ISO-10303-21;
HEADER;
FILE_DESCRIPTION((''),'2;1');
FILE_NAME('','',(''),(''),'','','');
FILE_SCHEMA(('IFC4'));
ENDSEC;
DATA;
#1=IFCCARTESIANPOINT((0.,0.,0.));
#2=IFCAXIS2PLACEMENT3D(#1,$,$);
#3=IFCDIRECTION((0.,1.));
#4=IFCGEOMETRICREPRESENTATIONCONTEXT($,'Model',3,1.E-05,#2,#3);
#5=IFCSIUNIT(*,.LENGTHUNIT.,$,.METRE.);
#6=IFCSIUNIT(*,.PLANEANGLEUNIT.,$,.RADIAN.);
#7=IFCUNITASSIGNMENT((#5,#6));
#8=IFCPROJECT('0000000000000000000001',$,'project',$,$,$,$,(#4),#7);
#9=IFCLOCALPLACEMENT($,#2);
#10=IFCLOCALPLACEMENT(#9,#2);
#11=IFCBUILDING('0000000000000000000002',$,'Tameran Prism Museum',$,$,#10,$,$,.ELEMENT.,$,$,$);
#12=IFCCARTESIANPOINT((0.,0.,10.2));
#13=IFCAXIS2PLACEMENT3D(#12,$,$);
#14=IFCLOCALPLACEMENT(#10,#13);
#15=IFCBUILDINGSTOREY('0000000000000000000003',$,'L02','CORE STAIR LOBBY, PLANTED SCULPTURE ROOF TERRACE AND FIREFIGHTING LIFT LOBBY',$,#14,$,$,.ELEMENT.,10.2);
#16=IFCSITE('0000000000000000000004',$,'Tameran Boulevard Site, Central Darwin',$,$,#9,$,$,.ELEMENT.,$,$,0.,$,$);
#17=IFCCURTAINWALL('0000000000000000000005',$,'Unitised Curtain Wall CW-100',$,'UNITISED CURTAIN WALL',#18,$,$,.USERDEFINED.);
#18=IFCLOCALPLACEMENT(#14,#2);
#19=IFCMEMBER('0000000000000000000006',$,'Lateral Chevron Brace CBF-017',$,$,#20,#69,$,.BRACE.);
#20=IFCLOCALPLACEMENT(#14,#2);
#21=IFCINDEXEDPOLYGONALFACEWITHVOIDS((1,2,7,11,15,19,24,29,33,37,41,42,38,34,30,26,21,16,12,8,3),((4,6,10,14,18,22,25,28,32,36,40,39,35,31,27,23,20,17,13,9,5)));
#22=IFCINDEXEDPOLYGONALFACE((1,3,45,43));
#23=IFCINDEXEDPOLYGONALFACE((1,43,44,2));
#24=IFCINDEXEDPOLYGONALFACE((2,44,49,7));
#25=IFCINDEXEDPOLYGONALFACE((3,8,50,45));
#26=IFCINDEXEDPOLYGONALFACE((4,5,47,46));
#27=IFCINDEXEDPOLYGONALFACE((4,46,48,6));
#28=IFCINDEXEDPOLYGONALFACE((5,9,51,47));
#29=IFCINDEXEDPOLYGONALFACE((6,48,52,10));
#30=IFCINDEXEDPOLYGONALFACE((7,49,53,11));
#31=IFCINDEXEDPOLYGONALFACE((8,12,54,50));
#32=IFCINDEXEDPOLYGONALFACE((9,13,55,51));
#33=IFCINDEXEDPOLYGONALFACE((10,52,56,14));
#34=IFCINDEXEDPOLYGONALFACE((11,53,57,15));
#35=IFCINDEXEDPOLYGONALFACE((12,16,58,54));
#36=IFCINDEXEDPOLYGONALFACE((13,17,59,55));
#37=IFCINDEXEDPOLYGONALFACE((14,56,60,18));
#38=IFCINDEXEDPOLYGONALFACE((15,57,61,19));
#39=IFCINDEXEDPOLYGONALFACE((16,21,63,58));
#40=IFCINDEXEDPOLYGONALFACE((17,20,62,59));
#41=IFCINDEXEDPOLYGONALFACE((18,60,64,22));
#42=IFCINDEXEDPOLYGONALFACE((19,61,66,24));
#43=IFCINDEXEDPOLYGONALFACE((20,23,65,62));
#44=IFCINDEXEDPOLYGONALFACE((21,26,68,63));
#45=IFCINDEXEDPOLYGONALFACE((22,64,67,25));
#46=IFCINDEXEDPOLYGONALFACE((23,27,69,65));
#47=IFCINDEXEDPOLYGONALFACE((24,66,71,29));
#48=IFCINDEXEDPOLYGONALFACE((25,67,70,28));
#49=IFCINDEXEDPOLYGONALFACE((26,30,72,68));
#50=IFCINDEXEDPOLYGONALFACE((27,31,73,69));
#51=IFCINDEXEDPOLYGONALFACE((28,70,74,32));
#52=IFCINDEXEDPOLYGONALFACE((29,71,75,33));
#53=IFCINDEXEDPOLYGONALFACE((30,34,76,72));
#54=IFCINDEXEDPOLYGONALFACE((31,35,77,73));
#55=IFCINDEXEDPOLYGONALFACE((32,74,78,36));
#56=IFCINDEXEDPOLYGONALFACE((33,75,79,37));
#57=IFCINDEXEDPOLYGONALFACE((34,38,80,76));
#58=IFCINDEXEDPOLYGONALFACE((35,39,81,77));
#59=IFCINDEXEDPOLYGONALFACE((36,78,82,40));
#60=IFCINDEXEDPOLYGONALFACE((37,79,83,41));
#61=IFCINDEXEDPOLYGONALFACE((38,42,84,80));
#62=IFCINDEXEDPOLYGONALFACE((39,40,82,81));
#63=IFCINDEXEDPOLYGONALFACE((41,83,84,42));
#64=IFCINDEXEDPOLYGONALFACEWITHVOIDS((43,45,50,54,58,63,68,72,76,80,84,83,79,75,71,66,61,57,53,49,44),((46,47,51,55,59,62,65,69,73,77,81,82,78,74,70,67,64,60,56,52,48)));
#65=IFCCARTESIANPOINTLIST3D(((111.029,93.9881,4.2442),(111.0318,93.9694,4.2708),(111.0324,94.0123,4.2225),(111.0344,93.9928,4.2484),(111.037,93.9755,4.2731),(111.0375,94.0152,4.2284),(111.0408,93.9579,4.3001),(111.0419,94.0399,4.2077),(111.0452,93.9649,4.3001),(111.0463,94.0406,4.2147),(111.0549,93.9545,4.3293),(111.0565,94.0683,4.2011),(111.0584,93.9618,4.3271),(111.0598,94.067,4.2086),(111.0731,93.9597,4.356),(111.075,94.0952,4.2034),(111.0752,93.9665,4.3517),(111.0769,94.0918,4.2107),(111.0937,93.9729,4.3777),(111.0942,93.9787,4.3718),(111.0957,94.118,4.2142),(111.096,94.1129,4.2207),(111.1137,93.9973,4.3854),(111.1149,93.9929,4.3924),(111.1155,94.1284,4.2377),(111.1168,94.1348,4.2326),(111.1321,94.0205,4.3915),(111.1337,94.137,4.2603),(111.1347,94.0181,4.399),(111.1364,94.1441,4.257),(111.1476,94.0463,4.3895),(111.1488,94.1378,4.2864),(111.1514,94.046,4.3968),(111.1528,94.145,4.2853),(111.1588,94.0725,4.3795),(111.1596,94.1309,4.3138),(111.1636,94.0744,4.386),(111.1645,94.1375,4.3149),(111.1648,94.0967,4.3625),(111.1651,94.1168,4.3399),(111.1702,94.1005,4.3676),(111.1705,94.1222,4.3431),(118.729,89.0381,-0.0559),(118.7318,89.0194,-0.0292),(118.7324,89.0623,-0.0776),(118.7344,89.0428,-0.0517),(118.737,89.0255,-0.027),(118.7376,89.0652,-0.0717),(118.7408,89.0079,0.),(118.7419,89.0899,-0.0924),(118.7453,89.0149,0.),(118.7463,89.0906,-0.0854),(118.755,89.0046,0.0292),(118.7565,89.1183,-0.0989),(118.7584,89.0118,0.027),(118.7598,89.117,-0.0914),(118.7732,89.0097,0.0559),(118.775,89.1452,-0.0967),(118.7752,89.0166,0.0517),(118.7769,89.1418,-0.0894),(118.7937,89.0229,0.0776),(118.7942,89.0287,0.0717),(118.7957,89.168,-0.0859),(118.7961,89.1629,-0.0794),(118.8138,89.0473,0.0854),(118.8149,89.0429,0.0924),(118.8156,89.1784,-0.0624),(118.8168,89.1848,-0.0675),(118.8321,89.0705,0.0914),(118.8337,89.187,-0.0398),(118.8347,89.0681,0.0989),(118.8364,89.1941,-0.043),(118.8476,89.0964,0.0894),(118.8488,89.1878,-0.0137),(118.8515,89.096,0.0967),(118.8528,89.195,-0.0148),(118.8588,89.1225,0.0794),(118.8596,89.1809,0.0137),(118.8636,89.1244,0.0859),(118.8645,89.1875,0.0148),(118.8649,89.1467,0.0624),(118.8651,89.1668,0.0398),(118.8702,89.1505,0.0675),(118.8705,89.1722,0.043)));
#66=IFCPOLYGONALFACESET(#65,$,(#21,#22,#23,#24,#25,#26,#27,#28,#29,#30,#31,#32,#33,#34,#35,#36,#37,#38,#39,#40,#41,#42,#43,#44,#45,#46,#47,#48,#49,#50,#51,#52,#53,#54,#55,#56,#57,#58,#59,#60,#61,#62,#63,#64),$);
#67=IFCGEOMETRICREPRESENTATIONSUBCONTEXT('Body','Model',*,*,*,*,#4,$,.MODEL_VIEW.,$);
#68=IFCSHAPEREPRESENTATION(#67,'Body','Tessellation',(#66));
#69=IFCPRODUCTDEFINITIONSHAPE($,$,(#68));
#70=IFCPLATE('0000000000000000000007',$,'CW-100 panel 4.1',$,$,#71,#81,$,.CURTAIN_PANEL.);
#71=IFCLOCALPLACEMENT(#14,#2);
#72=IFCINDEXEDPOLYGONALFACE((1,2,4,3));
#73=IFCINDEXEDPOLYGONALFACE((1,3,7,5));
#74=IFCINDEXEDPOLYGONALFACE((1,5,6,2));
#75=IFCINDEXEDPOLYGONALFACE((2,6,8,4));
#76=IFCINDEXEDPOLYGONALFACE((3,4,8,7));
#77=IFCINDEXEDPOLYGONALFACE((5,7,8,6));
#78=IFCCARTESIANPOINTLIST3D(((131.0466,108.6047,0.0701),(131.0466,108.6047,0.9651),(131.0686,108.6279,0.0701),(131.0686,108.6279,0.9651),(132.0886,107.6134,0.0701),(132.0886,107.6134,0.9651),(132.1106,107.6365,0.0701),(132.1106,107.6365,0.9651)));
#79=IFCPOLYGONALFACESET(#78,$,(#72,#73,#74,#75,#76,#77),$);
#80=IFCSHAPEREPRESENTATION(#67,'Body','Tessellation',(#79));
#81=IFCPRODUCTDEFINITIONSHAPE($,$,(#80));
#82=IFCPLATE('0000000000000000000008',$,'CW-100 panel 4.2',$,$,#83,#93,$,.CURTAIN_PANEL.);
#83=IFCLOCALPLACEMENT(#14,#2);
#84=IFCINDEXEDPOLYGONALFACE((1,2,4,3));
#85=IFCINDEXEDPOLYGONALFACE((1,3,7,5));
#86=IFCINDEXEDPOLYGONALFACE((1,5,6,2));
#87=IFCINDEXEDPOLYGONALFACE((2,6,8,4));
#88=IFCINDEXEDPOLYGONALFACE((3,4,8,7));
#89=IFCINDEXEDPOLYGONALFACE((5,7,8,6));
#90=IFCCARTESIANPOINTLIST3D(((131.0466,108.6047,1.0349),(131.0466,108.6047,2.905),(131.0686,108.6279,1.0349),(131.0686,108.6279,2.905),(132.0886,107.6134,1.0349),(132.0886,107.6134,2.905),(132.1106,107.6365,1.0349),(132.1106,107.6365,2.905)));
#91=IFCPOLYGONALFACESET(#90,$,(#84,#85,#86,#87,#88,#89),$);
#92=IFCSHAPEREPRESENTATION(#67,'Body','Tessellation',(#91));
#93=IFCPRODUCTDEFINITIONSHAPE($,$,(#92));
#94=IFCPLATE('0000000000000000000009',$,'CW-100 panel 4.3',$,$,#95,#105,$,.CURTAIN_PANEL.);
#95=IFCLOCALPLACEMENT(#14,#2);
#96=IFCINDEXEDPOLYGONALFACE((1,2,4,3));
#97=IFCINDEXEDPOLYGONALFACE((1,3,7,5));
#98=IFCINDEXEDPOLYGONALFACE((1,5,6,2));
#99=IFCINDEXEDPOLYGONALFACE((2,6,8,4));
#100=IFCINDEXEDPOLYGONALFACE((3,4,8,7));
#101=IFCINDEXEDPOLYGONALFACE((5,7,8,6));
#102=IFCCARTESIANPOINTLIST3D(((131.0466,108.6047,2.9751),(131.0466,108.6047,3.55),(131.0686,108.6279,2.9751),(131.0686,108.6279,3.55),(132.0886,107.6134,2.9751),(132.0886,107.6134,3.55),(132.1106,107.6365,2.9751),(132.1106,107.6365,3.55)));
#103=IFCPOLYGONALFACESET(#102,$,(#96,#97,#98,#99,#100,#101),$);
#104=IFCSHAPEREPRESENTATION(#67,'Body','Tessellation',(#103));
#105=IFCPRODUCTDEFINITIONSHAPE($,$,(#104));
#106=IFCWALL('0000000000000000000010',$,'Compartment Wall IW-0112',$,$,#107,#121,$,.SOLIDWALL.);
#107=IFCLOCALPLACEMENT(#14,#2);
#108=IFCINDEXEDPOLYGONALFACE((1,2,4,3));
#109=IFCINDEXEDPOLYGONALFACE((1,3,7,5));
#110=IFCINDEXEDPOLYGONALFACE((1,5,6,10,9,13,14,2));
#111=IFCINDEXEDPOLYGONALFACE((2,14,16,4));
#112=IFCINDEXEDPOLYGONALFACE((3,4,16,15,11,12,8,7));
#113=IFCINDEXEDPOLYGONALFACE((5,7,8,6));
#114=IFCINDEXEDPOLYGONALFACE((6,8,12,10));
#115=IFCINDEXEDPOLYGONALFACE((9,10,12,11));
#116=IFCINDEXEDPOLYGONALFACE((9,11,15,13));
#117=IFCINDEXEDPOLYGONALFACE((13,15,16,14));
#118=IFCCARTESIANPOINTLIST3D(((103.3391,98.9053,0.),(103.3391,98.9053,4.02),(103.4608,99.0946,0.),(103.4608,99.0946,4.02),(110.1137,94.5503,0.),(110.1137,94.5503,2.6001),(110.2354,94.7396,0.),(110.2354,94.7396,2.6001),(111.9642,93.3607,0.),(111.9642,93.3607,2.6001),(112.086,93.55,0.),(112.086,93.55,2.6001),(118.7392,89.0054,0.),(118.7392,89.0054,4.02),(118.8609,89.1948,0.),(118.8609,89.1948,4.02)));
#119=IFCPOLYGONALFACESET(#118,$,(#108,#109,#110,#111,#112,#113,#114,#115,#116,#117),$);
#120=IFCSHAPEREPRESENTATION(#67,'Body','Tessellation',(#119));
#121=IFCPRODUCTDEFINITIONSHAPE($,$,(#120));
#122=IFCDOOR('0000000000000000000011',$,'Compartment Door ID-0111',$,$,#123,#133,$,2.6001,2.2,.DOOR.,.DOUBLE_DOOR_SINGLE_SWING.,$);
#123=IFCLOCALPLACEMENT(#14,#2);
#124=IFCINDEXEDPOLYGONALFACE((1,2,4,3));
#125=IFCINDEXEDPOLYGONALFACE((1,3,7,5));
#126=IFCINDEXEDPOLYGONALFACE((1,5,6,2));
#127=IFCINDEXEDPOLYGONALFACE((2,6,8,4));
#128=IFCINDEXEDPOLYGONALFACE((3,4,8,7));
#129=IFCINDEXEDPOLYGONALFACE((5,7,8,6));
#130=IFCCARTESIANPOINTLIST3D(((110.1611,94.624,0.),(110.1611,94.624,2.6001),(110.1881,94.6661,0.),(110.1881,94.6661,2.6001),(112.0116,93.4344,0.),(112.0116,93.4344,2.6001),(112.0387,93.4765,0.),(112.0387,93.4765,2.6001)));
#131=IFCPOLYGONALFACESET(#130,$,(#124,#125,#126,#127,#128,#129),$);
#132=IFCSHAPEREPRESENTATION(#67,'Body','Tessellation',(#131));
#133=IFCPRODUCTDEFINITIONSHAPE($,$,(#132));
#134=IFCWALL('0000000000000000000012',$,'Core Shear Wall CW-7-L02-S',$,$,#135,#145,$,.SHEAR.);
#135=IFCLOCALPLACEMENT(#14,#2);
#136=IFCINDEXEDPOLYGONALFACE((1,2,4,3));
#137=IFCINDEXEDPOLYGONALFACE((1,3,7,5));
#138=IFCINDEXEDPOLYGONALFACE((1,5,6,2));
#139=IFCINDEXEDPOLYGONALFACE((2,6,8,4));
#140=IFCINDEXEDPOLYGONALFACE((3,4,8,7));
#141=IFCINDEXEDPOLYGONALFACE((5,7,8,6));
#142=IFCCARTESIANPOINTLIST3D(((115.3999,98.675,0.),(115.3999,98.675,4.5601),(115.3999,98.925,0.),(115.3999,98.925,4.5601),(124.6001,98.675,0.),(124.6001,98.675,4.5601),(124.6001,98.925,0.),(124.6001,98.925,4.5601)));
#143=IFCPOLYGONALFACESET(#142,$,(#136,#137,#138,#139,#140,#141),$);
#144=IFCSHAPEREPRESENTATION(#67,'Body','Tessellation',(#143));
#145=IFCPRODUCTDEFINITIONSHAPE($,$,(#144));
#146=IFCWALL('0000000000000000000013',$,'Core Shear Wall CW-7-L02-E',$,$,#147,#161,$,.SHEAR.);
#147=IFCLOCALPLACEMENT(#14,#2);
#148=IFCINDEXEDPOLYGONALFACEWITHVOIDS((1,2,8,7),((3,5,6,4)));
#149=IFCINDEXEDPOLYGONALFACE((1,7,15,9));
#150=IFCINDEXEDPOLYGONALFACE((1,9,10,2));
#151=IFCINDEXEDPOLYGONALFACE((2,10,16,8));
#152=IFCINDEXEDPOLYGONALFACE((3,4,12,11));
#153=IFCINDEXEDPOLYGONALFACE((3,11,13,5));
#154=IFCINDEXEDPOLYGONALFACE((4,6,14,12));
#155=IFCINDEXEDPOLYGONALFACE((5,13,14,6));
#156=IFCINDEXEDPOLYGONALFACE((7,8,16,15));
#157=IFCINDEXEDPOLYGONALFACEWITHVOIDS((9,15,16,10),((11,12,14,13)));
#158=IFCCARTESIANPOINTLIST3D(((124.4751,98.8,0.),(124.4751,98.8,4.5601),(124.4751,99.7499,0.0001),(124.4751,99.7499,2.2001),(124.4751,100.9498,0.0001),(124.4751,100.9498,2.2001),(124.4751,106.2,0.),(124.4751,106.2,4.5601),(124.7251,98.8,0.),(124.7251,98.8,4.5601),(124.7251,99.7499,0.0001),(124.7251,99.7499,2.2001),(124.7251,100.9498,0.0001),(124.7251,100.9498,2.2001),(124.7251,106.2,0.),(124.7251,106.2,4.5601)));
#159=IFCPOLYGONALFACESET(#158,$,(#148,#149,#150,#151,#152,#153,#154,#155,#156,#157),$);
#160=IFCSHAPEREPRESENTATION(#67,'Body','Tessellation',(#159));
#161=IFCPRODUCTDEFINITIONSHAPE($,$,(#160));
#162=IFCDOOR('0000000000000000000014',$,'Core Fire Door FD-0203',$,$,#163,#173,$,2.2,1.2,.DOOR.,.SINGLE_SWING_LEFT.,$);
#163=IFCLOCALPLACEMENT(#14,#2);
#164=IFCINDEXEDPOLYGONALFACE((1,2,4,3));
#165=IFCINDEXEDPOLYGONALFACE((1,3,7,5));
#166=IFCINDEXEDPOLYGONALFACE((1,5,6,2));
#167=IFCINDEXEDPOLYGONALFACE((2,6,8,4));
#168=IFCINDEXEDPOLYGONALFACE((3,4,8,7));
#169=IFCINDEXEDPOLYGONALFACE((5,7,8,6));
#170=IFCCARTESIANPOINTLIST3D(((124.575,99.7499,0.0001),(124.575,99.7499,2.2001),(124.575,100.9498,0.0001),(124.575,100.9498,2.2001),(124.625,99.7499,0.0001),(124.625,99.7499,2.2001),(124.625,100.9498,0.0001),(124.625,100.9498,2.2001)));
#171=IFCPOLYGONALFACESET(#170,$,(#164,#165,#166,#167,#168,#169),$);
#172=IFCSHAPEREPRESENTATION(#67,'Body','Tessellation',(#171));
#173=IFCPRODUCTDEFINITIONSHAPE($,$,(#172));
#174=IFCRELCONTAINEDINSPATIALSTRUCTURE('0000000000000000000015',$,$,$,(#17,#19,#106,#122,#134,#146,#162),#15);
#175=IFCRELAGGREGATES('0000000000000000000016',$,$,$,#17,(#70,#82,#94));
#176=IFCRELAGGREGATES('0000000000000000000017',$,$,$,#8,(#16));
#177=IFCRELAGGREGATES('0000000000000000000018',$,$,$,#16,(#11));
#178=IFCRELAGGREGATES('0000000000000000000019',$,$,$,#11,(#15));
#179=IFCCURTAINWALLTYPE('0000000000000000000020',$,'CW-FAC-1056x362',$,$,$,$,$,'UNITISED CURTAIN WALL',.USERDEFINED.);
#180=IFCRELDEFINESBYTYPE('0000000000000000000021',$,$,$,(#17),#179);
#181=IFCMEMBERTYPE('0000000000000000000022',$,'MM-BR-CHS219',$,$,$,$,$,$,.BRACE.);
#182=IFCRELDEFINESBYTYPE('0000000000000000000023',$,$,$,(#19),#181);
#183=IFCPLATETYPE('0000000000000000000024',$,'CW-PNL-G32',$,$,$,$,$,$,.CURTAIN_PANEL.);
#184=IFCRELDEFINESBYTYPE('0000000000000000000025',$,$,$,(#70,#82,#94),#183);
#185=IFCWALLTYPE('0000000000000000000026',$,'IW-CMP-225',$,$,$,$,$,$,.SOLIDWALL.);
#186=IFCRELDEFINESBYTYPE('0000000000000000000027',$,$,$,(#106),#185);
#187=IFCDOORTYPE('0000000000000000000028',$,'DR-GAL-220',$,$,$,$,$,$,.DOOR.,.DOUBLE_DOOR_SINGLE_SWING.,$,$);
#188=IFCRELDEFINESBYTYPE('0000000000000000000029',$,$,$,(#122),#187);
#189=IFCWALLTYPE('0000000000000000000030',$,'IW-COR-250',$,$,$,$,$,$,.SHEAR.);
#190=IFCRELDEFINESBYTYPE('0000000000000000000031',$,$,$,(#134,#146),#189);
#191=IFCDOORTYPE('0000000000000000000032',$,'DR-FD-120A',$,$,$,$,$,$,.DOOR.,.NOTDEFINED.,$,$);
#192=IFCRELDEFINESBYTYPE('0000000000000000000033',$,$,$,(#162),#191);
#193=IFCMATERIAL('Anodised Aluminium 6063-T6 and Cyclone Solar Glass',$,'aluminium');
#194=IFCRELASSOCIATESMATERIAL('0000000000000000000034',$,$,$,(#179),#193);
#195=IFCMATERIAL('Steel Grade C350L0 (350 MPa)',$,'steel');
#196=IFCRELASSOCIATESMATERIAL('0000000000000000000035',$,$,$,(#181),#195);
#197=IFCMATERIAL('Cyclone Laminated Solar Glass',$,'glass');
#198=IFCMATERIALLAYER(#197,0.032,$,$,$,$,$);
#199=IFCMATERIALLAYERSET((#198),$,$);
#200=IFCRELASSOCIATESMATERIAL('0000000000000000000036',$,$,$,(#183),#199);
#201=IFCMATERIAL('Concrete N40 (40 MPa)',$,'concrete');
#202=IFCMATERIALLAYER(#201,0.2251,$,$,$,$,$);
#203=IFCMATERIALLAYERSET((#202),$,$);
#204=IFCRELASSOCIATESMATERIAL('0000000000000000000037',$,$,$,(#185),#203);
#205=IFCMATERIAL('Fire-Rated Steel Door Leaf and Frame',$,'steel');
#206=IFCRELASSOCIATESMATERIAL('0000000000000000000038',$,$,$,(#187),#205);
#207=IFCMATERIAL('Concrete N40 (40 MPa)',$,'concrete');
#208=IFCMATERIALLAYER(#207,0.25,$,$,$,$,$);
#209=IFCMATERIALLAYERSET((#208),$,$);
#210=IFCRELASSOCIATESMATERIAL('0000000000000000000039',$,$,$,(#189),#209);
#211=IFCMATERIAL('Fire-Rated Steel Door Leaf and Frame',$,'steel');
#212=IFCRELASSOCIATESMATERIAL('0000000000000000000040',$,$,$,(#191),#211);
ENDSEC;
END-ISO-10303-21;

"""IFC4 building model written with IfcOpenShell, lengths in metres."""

from ifc_helpers import new_model, si_unit, direction, frame, frame_2d, origin, origin_2d, place, context, subcontext, project, spatial, rectangle, hollow_circle, extrude, material, layer, layer_set, material_profile, profile_set, type_object, element, fill, aggregate, save


model = new_model("IFC4")

# Units and contexts
model_context = context("Model", 3, precision=1e-05, world=origin(), true_north=direction((0.0, 1.0)))
body_context = subcontext(model_context, "Body", "Model", "MODEL_VIEW")
ifc_project = project(units=[si_unit("LENGTHUNIT", "METRE"), si_unit("PLANEANGLEUNIT", "RADIAN")], contexts=[model_context])

# Site, building, storey
site_placement = place(None, origin())
site = spatial("IfcSite", under=ifc_project, at=site_placement, Name="Tameran Boulevard Site, Central Darwin", CompositionType="ELEMENT", RefElevation=0.0)
building_placement = place(site_placement, origin())
building = spatial("IfcBuilding", under=site, at=building_placement, Name="Tameran Prism Museum", CompositionType="ELEMENT")
storey_placement = place(building_placement, frame((0.0, 0.0, 10.2)))
storey = spatial("IfcBuildingStorey", under=building, at=storey_placement, Name="L02", Description="CORE STAIR LOBBY, PLANTED SCULPTURE ROOF TERRACE AND FIREFIGHTING LIFT LOBBY", CompositionType="ELEMENT", Elevation=10.2)

# Curtain wall
ifc_material_1 = material(Name="Anodised Aluminium 6063-T6 and Cyclone Solar Glass", Category="aluminium")
curtain_wall_type = type_object("IfcCurtainWallType", Name="CW-FAC-1056x362", ElementType="UNITISED CURTAIN WALL", PredefinedType="USERDEFINED", material=ifc_material_1)
curtain_wall_placement = place(storey_placement, origin())
curtain_wall = element("IfcCurtainWall", 1, at=curtain_wall_placement, inside=storey, type_object=curtain_wall_type, Name="Unitised Curtain Wall CW-100", ObjectType="UNITISED CURTAIN WALL", PredefinedType="USERDEFINED")

# Member
ifc_material_2 = material(Name="Steel Grade C350L0 (350 MPa)", Category="steel")
ifc_material_profile_1 = material_profile(ifc_material_2, hollow_circle(Radius=0.1096, WallThickness=0.0083, at=origin_2d()))
ifc_profile_set_1 = profile_set([ifc_material_profile_1])
member_type_1 = type_object("IfcMemberType", Name="MM-BR-CHS219", PredefinedType="BRACE", material=ifc_profile_set_1)
member_1_placement = place(storey_placement, frame((118.8, 89.1001, 0.0), z_axis=(-0.761358, 0.489443, 0.425182), x_axis=(-0.540756, -0.841179, 0.0)))
element("IfcMember", 2, at=member_1_placement, inside=storey, type_object=member_type_1, Name="Lateral Chevron Brace CBF-017", PredefinedType="BRACE", context=body_context, shape_type="SweptSolid", body=[
    extrude(hollow_circle(Radius=0.1096, WallThickness=0.0083, at=origin_2d()), origin(), (0.0, 0.0, 1.0), 10.1135),
])

# Plates
ifc_material_3 = material(Name="Cyclone Laminated Solar Glass", Category="glass")
ifc_layer_1 = layer(ifc_material_3, 0.032)
ifc_layer_set_1 = layer_set([ifc_layer_1])
plate_type = type_object("IfcPlateType", Name="CW-PNL-G32", PredefinedType="CURTAIN_PANEL", material=ifc_layer_set_1)
plate_1_placement = place(storey_placement, frame((131.5786, 108.1206, 0.0701), z_axis=(0.0, 0.0, 1.0), x_axis=(0.724505, -0.68927, 0.0)))
plate_1 = element("IfcPlate", 3, at=plate_1_placement, type_object=plate_type, Name="CW-100 panel 4.1", PredefinedType="CURTAIN_PANEL", context=body_context, shape_type="SweptSolid", body=[
    extrude(rectangle(XDim=1.4382, YDim=0.032, at=origin_2d()), origin(), (0.0, 0.0, 1.0), 0.895),
])
plate_2_placement = place(storey_placement, frame((131.5786, 108.1206, 1.0349), z_axis=(0.0, 0.0, 1.0), x_axis=(0.724505, -0.68927, 0.0)))
plate_2 = element("IfcPlate", 4, at=plate_2_placement, type_object=plate_type, Name="CW-100 panel 4.2", PredefinedType="CURTAIN_PANEL", context=body_context, shape_type="SweptSolid", body=[
    extrude(rectangle(XDim=1.4382, YDim=0.032, at=origin_2d()), origin(), (0.0, 0.0, 1.0), 1.8701),
])
plate_3_placement = place(storey_placement, frame((131.5786, 108.1206, 2.9751), z_axis=(0.0, 0.0, 1.0), x_axis=(0.724505, -0.68927, 0.0)))
plate_3 = element("IfcPlate", 5, at=plate_3_placement, type_object=plate_type, Name="CW-100 panel 4.3", PredefinedType="CURTAIN_PANEL", context=body_context, shape_type="SweptSolid", body=[
    extrude(rectangle(XDim=1.4382, YDim=0.032, at=origin_2d()), origin(), (0.0, 0.0, 1.0), 0.575),
])
aggregate(curtain_wall, [plate_1, plate_2, plate_3])

# Wall, opening, door
ifc_material_4 = material(Name="Concrete N40 (40 MPa)", Category="concrete")
ifc_layer_2 = layer(ifc_material_4, 0.2251)
ifc_layer_set_2 = layer_set([ifc_layer_2])
wall_type_1 = type_object("IfcWallType", Name="IW-CMP-225", PredefinedType="SOLIDWALL", material=ifc_layer_set_2)
wall_1_placement = place(storey_placement, frame((118.8, 89.1001, 0.0), z_axis=(0.0, 0.0, 1.0), x_axis=(-0.841183, 0.54075, 0.0)))
wall_1 = element("IfcWall", 6, at=wall_1_placement, inside=storey, type_object=wall_type_1, Name="Compartment Wall IW-0112", PredefinedType="SOLIDWALL", context=body_context, shape_type="SweptSolid", body=[
    extrude(rectangle(XDim=18.3076, YDim=0.2251, at=frame_2d((9.1538, 0.0))), origin(), (0.0, 0.0, 1.0), 4.02),
])
opening_1_placement = place(wall_1_placement, frame((8.054, 0.0, 0.0)))
opening_1 = element("IfcOpeningElement", 7, at=opening_1_placement, cuts=wall_1, PredefinedType="OPENING", context=body_context, shape_type="SweptSolid", body=[
    extrude(rectangle(XDim=2.2, YDim=2.6001, at=frame_2d((1.1001, 1.3))), frame((0.0, 0.1226, 0.0), z_axis=(0.0, -1.0, 0.0), x_axis=(1.0, 0.0, 0.0)), (0.0, 0.0, 1.0), 0.2451),
])
ifc_material_5 = material(Name="Fire-Rated Steel Door Leaf and Frame", Category="steel")
door_type_1 = type_object("IfcDoorType", Name="DR-GAL-220", OperationType="DOUBLE_DOOR_SINGLE_SWING", PredefinedType="DOOR", material=ifc_material_5)
door_1_placement = place(opening_1_placement, origin())
door_1 = element("IfcDoor", 8, at=door_1_placement, inside=storey, type_object=door_type_1, Name="Compartment Door ID-0111", OperationType="DOUBLE_DOOR_SINGLE_SWING", OverallHeight=2.6001, OverallWidth=2.2, PredefinedType="DOOR", context=body_context, shape_type="SweptSolid", body=[
    extrude(rectangle(XDim=2.2, YDim=2.6001, at=frame_2d((1.1001, 1.3))), frame((0.0, 0.0249, 0.0), z_axis=(0.0, -1.0, 0.0), x_axis=(1.0, 0.0, 0.0)), (0.0, 0.0, 1.0), 0.05),
])
fill(opening_1, door_1)

# Wall
ifc_material_6 = material(Name="Concrete N40 (40 MPa)", Category="concrete")
ifc_layer_3 = layer(ifc_material_6, 0.25)
ifc_layer_set_3 = layer_set([ifc_layer_3])
wall_type_2 = type_object("IfcWallType", Name="IW-COR-250", PredefinedType="SHEAR", material=ifc_layer_set_3)
wall_2_placement = place(storey_placement, frame((124.6001, 98.8, 0.0), z_axis=(0.0, 0.0, 1.0), x_axis=(-1.0, 0.0, 0.0)))
element("IfcWall", 9, at=wall_2_placement, inside=storey, type_object=wall_type_2, Name="Core Shear Wall CW-7-L02-S", PredefinedType="SHEAR", context=body_context, shape_type="SweptSolid", body=[
    extrude(rectangle(XDim=9.2002, YDim=0.25, at=frame_2d((4.6001, 0.0))), origin(), (0.0, 0.0, 1.0), 4.5601),
])

# Wall, opening, door
wall_3_placement = place(storey_placement, frame((124.6001, 106.2, 0.0), z_axis=(0.0, 0.0, 1.0), x_axis=(0.0, -1.0, 0.0)))
wall_3 = element("IfcWall", 10, at=wall_3_placement, inside=storey, type_object=wall_type_2, Name="Core Shear Wall CW-7-L02-E", PredefinedType="SHEAR", context=body_context, shape_type="SweptSolid", body=[
    extrude(rectangle(XDim=7.3999, YDim=0.25, at=frame_2d((3.7, 0.0))), origin(), (0.0, 0.0, 1.0), 4.5601),
])
opening_2_placement = place(wall_3_placement, frame((5.25, 0.0, 0.0)))
opening_2 = element("IfcOpeningElement", 11, at=opening_2_placement, cuts=wall_3, PredefinedType="OPENING", context=body_context, shape_type="SweptSolid", body=[
    extrude(rectangle(XDim=1.2, YDim=2.2, at=frame_2d((0.6001, 1.1001))), frame((0.0, 0.135, 0.0), z_axis=(0.0, -1.0, 0.0), x_axis=(1.0, 0.0, 0.0)), (0.0, 0.0, 1.0), 0.27),
])
ifc_material_7 = material(Name="Fire-Rated Steel Door Leaf and Frame", Category="steel")
door_type_2 = type_object("IfcDoorType", Name="DR-FD-120A", OperationType="NOTDEFINED", PredefinedType="DOOR", material=ifc_material_7)
door_2_placement = place(opening_2_placement, origin())
door_2 = element("IfcDoor", 12, at=door_2_placement, inside=storey, type_object=door_type_2, Name="Core Fire Door FD-0203", OperationType="SINGLE_SWING_LEFT", OverallHeight=2.2, OverallWidth=1.2, PredefinedType="DOOR", context=body_context, shape_type="SweptSolid", body=[
    extrude(rectangle(XDim=1.2, YDim=2.2, at=frame_2d((0.6001, 1.1001))), frame((0.0, 0.0249, 0.0), z_axis=(0.0, -1.0, 0.0), x_axis=(1.0, 0.0, 0.0)), (0.0, 0.0, 1.0), 0.05),
])
fill(opening_2, door_2)

save(model, "model.ifc")
